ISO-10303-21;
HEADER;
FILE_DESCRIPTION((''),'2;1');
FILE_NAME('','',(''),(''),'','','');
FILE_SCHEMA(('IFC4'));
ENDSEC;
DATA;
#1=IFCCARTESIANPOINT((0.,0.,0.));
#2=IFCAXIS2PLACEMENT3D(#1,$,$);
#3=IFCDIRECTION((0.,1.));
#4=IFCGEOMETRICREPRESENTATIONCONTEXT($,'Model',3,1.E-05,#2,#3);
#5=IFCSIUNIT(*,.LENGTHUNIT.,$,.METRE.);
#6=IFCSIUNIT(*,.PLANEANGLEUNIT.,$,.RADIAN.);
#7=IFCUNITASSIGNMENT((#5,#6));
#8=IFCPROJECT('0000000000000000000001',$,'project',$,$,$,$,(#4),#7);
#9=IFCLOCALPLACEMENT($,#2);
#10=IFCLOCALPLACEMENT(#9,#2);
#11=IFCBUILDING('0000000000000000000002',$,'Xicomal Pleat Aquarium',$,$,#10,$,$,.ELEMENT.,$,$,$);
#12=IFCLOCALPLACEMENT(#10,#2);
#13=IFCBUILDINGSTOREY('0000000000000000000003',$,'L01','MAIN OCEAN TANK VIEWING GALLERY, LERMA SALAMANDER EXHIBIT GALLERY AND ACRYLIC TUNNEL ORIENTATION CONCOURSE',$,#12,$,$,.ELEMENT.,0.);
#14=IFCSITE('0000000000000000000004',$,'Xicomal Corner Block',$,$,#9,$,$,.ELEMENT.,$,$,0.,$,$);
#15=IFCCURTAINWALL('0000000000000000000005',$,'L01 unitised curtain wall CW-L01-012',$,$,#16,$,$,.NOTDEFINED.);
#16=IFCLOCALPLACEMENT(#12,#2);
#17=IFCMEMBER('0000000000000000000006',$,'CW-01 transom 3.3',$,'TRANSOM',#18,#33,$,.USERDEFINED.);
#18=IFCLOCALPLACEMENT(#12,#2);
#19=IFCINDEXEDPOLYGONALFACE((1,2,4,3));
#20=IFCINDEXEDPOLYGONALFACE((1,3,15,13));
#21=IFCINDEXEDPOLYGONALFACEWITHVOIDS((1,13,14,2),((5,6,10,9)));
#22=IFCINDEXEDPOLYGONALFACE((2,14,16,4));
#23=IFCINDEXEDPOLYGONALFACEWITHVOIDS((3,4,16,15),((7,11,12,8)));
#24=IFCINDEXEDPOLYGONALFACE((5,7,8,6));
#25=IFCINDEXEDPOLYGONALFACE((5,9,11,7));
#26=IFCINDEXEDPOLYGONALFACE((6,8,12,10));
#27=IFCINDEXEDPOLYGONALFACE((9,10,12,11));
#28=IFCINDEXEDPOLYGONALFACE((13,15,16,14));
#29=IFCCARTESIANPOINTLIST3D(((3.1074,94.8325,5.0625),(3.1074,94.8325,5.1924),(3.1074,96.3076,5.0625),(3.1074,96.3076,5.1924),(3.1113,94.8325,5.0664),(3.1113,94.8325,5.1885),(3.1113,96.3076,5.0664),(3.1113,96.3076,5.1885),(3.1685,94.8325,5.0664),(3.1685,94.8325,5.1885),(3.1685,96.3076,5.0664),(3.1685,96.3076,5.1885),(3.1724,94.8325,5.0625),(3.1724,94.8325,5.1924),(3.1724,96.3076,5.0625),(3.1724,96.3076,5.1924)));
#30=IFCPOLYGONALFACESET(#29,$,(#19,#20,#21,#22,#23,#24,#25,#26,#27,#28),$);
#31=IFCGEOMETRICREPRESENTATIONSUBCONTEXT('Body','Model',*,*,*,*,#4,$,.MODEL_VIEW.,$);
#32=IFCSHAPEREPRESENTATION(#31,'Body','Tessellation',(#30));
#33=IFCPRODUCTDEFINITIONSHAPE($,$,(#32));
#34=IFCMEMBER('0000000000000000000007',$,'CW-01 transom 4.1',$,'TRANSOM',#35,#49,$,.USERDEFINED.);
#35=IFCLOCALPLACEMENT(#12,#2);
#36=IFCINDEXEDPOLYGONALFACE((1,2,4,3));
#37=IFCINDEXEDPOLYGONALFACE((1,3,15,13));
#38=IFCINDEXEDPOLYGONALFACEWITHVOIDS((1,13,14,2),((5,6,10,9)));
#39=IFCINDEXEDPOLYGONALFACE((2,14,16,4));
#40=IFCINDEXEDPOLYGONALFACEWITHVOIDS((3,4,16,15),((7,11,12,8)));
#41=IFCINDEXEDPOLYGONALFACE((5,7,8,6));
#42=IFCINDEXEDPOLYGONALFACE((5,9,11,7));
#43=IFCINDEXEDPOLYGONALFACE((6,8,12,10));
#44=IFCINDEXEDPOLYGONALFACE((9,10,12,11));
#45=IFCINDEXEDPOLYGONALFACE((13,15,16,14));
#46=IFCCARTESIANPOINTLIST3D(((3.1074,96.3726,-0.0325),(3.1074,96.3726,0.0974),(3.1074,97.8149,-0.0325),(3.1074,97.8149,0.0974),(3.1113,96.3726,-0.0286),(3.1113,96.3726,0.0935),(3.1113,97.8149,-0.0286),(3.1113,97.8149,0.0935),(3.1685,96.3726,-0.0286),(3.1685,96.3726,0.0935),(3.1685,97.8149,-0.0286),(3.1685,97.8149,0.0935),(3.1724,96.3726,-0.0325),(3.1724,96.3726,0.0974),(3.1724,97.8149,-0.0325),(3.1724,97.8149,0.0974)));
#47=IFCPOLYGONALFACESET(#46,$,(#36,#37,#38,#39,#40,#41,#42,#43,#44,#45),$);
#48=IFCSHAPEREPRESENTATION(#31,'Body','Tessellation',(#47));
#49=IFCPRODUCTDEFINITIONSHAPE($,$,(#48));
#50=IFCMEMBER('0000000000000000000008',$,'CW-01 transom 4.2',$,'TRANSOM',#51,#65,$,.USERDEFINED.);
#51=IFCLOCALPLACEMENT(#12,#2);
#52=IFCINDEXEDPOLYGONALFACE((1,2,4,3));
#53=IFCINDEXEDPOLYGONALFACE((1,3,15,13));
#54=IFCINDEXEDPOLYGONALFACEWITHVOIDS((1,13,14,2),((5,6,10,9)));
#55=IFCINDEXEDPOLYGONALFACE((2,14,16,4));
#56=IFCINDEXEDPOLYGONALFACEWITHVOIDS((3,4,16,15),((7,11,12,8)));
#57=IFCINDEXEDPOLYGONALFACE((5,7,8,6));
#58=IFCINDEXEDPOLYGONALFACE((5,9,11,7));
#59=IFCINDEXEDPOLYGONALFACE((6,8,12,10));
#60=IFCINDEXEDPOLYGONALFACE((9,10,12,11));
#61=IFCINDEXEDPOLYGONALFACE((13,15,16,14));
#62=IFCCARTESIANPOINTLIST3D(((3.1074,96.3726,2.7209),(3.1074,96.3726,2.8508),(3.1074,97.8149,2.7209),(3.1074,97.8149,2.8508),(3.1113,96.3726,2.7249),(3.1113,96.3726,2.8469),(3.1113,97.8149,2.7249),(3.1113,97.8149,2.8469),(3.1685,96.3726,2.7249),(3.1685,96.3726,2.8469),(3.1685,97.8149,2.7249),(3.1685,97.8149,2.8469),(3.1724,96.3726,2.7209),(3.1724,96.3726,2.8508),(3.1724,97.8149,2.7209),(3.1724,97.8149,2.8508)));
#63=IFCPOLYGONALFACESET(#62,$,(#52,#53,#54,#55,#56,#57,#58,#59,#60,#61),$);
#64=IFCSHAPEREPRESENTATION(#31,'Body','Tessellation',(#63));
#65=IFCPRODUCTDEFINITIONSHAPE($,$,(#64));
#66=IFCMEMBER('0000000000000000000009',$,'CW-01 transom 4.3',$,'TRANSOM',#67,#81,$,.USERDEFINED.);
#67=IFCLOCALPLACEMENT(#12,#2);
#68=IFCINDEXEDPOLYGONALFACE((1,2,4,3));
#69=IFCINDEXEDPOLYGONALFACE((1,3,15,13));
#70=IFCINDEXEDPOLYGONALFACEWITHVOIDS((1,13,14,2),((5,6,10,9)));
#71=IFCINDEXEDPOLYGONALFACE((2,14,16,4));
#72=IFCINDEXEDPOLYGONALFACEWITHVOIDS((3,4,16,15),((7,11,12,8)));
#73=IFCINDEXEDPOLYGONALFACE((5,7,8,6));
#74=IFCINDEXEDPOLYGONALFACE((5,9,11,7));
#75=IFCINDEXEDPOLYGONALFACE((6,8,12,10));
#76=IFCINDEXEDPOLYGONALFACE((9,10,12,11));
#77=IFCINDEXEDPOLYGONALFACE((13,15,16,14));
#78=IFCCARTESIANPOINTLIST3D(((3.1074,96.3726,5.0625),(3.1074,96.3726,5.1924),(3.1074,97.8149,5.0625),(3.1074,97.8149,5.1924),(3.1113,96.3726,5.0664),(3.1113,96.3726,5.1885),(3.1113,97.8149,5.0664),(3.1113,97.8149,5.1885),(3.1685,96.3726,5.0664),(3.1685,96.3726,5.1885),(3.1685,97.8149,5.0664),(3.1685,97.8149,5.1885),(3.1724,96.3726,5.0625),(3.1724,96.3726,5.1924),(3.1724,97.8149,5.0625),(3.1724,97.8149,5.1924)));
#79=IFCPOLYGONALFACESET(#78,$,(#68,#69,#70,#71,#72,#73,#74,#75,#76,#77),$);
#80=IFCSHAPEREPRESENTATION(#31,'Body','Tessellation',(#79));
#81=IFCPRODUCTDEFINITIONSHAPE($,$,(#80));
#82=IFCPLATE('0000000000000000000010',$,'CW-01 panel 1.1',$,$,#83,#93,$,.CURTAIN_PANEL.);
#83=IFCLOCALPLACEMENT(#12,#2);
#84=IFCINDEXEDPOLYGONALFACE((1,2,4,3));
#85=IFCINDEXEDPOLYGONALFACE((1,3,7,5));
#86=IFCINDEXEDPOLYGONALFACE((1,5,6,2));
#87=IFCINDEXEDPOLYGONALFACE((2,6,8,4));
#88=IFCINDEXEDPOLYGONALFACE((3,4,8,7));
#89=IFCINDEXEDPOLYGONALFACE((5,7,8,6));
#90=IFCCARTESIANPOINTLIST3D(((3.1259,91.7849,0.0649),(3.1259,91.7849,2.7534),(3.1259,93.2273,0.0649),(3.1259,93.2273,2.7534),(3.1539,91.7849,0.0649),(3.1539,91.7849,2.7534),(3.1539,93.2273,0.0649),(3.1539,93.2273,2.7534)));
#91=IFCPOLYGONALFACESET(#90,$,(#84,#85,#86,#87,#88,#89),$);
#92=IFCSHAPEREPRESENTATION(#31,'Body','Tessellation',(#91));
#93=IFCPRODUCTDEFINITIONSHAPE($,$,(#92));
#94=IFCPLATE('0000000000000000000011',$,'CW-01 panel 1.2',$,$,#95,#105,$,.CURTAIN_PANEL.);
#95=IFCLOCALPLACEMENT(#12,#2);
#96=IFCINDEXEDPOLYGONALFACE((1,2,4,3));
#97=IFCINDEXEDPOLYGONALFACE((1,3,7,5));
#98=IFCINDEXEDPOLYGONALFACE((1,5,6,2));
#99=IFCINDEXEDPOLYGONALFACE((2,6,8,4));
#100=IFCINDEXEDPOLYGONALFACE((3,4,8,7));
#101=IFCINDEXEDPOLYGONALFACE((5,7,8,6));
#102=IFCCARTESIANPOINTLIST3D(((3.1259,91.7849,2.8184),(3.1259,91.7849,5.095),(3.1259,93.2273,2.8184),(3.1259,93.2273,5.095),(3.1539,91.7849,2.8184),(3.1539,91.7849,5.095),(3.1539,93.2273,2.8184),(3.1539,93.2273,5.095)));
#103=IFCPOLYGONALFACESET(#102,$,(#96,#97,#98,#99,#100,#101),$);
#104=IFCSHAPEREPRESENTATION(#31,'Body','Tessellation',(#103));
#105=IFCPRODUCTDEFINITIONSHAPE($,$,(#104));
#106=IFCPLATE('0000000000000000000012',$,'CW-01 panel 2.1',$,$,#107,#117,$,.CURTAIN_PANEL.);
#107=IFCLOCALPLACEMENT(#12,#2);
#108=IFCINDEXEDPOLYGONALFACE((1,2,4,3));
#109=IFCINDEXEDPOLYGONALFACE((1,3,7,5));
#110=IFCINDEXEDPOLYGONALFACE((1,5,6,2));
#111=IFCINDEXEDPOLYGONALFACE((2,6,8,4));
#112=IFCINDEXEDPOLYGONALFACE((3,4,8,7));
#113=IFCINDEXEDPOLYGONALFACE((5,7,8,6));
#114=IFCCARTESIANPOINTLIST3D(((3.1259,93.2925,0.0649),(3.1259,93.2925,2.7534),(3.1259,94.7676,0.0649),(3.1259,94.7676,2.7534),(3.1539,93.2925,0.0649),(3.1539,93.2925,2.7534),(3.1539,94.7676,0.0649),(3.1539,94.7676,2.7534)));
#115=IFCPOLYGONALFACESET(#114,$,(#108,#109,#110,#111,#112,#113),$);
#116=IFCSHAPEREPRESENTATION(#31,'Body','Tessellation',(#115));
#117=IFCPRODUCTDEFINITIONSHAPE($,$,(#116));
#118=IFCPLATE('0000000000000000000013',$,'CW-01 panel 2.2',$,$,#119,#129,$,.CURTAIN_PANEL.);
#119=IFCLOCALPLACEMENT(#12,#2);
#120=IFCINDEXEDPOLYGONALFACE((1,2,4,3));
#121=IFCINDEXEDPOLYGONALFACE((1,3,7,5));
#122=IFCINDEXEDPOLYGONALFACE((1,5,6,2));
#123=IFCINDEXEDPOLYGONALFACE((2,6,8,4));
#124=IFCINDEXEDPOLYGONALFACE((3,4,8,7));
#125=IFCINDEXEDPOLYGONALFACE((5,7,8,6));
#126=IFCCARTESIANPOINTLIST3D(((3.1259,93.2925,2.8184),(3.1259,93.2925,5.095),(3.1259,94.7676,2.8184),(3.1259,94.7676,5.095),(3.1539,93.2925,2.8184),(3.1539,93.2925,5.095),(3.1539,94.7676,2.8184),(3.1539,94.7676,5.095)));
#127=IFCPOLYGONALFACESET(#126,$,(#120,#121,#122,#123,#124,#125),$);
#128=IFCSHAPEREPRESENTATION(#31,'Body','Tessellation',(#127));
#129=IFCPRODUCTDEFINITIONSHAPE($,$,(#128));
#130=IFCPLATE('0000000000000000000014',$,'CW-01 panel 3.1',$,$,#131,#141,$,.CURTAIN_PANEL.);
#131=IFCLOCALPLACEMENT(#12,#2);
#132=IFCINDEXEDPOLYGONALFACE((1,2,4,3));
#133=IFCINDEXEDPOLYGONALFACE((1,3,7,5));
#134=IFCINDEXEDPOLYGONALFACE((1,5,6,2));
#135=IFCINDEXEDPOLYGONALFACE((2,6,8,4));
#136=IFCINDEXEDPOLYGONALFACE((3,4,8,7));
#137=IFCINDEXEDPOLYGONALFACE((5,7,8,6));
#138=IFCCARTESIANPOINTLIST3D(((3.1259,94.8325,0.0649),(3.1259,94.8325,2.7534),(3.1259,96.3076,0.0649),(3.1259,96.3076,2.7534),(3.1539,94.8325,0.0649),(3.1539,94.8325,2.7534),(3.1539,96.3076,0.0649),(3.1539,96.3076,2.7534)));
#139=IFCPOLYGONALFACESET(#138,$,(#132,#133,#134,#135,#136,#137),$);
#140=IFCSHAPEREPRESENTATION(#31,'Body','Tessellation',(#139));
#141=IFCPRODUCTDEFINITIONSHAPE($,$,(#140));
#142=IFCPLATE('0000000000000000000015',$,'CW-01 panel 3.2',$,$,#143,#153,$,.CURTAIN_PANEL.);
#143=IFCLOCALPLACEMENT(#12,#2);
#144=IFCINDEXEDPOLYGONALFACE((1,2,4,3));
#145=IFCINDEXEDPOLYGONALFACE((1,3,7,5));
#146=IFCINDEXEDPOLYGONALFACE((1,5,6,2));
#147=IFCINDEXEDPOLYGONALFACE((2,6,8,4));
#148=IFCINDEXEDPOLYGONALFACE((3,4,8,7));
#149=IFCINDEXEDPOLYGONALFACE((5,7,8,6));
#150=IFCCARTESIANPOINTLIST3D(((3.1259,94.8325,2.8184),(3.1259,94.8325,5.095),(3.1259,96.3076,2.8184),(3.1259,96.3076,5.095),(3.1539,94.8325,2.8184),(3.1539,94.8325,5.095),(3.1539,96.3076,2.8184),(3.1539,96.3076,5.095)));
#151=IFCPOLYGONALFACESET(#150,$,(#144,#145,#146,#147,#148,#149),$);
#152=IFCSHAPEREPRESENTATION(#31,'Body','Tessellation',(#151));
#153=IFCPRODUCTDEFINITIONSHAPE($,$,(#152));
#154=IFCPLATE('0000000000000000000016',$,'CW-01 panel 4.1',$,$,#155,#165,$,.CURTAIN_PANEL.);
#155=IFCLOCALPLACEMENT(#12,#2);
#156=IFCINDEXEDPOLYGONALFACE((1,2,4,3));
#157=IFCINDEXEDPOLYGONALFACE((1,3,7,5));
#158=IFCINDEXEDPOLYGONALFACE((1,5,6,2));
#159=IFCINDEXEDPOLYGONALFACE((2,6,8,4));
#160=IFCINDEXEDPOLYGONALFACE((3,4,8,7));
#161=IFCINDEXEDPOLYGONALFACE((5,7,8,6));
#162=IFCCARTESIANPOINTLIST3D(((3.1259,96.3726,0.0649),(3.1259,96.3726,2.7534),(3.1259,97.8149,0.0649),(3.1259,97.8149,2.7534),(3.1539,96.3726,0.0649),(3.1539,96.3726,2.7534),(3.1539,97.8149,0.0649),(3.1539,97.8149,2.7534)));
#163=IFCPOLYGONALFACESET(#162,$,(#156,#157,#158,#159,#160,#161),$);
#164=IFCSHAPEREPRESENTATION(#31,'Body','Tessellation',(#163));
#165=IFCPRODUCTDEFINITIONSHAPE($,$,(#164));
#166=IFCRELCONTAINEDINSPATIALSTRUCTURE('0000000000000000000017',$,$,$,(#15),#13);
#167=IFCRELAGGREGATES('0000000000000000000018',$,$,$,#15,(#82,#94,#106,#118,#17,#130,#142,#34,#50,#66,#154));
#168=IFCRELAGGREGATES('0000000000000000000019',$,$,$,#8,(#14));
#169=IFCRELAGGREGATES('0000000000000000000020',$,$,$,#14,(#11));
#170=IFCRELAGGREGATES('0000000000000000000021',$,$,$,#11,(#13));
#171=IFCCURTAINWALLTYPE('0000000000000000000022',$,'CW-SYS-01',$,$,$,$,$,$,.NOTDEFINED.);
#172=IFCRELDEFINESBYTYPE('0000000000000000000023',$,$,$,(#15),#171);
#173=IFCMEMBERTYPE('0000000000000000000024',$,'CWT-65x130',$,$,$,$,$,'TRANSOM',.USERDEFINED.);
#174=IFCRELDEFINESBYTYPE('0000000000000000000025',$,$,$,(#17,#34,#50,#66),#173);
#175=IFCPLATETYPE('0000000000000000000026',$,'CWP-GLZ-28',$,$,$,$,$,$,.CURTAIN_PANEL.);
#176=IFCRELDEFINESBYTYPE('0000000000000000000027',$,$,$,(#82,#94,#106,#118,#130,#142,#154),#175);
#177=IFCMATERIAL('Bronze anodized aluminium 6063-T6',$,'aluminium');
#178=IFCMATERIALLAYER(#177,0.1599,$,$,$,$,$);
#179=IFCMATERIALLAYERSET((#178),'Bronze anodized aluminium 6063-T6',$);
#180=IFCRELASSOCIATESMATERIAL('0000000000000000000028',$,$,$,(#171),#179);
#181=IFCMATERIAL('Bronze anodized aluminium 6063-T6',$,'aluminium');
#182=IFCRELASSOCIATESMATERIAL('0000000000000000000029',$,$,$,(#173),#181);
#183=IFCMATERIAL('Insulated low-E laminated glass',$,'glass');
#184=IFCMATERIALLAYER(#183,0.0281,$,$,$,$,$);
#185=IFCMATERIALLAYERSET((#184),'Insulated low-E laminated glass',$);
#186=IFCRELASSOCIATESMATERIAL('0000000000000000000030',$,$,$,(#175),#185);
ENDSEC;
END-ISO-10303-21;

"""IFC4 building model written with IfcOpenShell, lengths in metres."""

from ifc_helpers import new_model, si_unit, direction, frame, origin, origin_2d, place, context, subcontext, project, spatial, rectangle, hollow_rectangle, extrude, material, layer, layer_set, material_profile, profile_set, type_object, element, aggregate, save


model = new_model("IFC4")

# Units and contexts
model_context = context("Model", 3, precision=1e-05, world=origin(), true_north=direction((0.0, 1.0)))
body_context = subcontext(model_context, "Body", "Model", "MODEL_VIEW")
ifc_project = project(units=[si_unit("LENGTHUNIT", "METRE"), si_unit("PLANEANGLEUNIT", "RADIAN")], contexts=[model_context])

# Site, building, storey
site_placement = place(None, origin())
site = spatial("IfcSite", under=ifc_project, at=site_placement, Name="Xicomal Corner Block", CompositionType="ELEMENT", RefElevation=0.0)
building_placement = place(site_placement, origin())
building = spatial("IfcBuilding", under=site, at=building_placement, Name="Xicomal Pleat Aquarium", CompositionType="ELEMENT")
storey_placement = place(building_placement, origin())
storey = spatial("IfcBuildingStorey", under=building, at=storey_placement, Name="L01", Description="MAIN OCEAN TANK VIEWING GALLERY, LERMA SALAMANDER EXHIBIT GALLERY AND ACRYLIC TUNNEL ORIENTATION CONCOURSE", CompositionType="ELEMENT", Elevation=0.0)

# Curtain wall, members, plates
ifc_material_1 = material(Name="Bronze anodized aluminium 6063-T6", Category="aluminium")
ifc_layer_1 = layer(ifc_material_1, 0.1599)
ifc_layer_set_1 = layer_set([ifc_layer_1], Name="Bronze anodized aluminium 6063-T6")
curtain_wall_type = type_object("IfcCurtainWallType", Name="CW-SYS-01", PredefinedType="NOTDEFINED", material=ifc_layer_set_1)
curtain_wall_placement = place(storey_placement, origin())
curtain_wall = element("IfcCurtainWall", 1, at=curtain_wall_placement, inside=storey, type_object=curtain_wall_type, Name="L01 unitised curtain wall CW-L01-012", PredefinedType="NOTDEFINED")
ifc_material_2 = material(Name="Bronze anodized aluminium 6063-T6", Category="aluminium")
ifc_material_profile_1 = material_profile(ifc_material_2, hollow_rectangle(XDim=0.0649, YDim=0.1299, WallThickness=0.0039, at=origin_2d()), Name="ALU TRAN 65x130")
ifc_profile_set_1 = profile_set([ifc_material_profile_1], Name="Bronze anodized aluminium 6063-T6")
member_type_1 = type_object("IfcMemberType", Name="CWT-65x130", ElementType="TRANSOM", PredefinedType="USERDEFINED", material=ifc_profile_set_1)
member_1_placement = place(storey_placement, frame((3.1399, 94.8325, 5.1274), z_axis=(0.0, 1.0, 0.0), x_axis=(-1.0, 0.0, 0.0)))
member_1 = element("IfcMember", 2, at=member_1_placement, type_object=member_type_1, Name="CW-01 transom 3.3", ObjectType="TRANSOM", PredefinedType="USERDEFINED", context=body_context, shape_type="SweptSolid", body=[
    extrude(hollow_rectangle(XDim=0.0649, YDim=0.1299, WallThickness=0.0039, at=origin_2d()), origin(), (0.0, 0.0, 1.0), 1.4751),
])
member_2_placement = place(storey_placement, frame((3.1399, 96.3726, 0.0325), z_axis=(0.0, 1.0, 0.0), x_axis=(-1.0, 0.0, 0.0)))
member_2 = element("IfcMember", 3, at=member_2_placement, type_object=member_type_1, Name="CW-01 transom 4.1", ObjectType="TRANSOM", PredefinedType="USERDEFINED", context=body_context, shape_type="SweptSolid", body=[
    extrude(hollow_rectangle(XDim=0.0649, YDim=0.1299, WallThickness=0.0039, at=origin_2d()), origin(), (0.0, 0.0, 1.0), 1.4424),
])
member_3_placement = place(storey_placement, frame((3.1399, 96.3726, 2.7859), z_axis=(0.0, 1.0, 0.0), x_axis=(-1.0, 0.0, 0.0)))
member_3 = element("IfcMember", 4, at=member_3_placement, type_object=member_type_1, Name="CW-01 transom 4.2", ObjectType="TRANSOM", PredefinedType="USERDEFINED", context=body_context, shape_type="SweptSolid", body=[
    extrude(hollow_rectangle(XDim=0.0649, YDim=0.1299, WallThickness=0.0039, at=origin_2d()), origin(), (0.0, 0.0, 1.0), 1.4424),
])
member_4_placement = place(storey_placement, frame((3.1399, 96.3726, 5.1274), z_axis=(0.0, 1.0, 0.0), x_axis=(-1.0, 0.0, 0.0)))
member_4 = element("IfcMember", 5, at=member_4_placement, type_object=member_type_1, Name="CW-01 transom 4.3", ObjectType="TRANSOM", PredefinedType="USERDEFINED", context=body_context, shape_type="SweptSolid", body=[
    extrude(hollow_rectangle(XDim=0.0649, YDim=0.1299, WallThickness=0.0039, at=origin_2d()), origin(), (0.0, 0.0, 1.0), 1.4424),
])
ifc_material_3 = material(Name="Insulated low-E laminated glass", Category="glass")
ifc_layer_2 = layer(ifc_material_3, 0.0281)
ifc_layer_set_2 = layer_set([ifc_layer_2], Name="Insulated low-E laminated glass")
plate_type = type_object("IfcPlateType", Name="CWP-GLZ-28", PredefinedType="CURTAIN_PANEL", material=ifc_layer_set_2)
plate_1_placement = place(storey_placement, frame((3.1399, 92.5061, 0.0649), z_axis=(0.0, 0.0, 1.0), x_axis=(0.0, 1.0, 0.0)))
plate_1 = element("IfcPlate", 6, at=plate_1_placement, type_object=plate_type, Name="CW-01 panel 1.1", PredefinedType="CURTAIN_PANEL", context=body_context, shape_type="SweptSolid", body=[
    extrude(rectangle(XDim=1.4424, YDim=0.0281, at=origin_2d()), origin(), (0.0, 0.0, 1.0), 2.6885),
])
plate_2_placement = place(storey_placement, frame((3.1399, 92.5061, 2.8184), z_axis=(0.0, 0.0, 1.0), x_axis=(0.0, 1.0, 0.0)))
plate_2 = element("IfcPlate", 7, at=plate_2_placement, type_object=plate_type, Name="CW-01 panel 1.2", PredefinedType="CURTAIN_PANEL", context=body_context, shape_type="SweptSolid", body=[
    extrude(rectangle(XDim=1.4424, YDim=0.0281, at=origin_2d()), origin(), (0.0, 0.0, 1.0), 2.2766),
])
plate_3_placement = place(storey_placement, frame((3.1399, 94.03, 0.0649), z_axis=(0.0, 0.0, 1.0), x_axis=(0.0, 1.0, 0.0)))
plate_3 = element("IfcPlate", 8, at=plate_3_placement, type_object=plate_type, Name="CW-01 panel 2.1", PredefinedType="CURTAIN_PANEL", context=body_context, shape_type="SweptSolid", body=[
    extrude(rectangle(XDim=1.4751, YDim=0.0281, at=origin_2d()), origin(), (0.0, 0.0, 1.0), 2.6885),
])
plate_4_placement = place(storey_placement, frame((3.1399, 94.03, 2.8184), z_axis=(0.0, 0.0, 1.0), x_axis=(0.0, 1.0, 0.0)))
plate_4 = element("IfcPlate", 9, at=plate_4_placement, type_object=plate_type, Name="CW-01 panel 2.2", PredefinedType="CURTAIN_PANEL", context=body_context, shape_type="SweptSolid", body=[
    extrude(rectangle(XDim=1.4751, YDim=0.0281, at=origin_2d()), origin(), (0.0, 0.0, 1.0), 2.2766),
])
plate_5_placement = place(storey_placement, frame((3.1399, 95.5701, 0.0649), z_axis=(0.0, 0.0, 1.0), x_axis=(0.0, 1.0, 0.0)))
plate_5 = element("IfcPlate", 10, at=plate_5_placement, type_object=plate_type, Name="CW-01 panel 3.1", PredefinedType="CURTAIN_PANEL", context=body_context, shape_type="SweptSolid", body=[
    extrude(rectangle(XDim=1.4751, YDim=0.0281, at=origin_2d()), origin(), (0.0, 0.0, 1.0), 2.6885),
])
plate_6_placement = place(storey_placement, frame((3.1399, 95.5701, 2.8184), z_axis=(0.0, 0.0, 1.0), x_axis=(0.0, 1.0, 0.0)))
plate_6 = element("IfcPlate", 11, at=plate_6_placement, type_object=plate_type, Name="CW-01 panel 3.2", PredefinedType="CURTAIN_PANEL", context=body_context, shape_type="SweptSolid", body=[
    extrude(rectangle(XDim=1.4751, YDim=0.0281, at=origin_2d()), origin(), (0.0, 0.0, 1.0), 2.2766),
])
plate_7_placement = place(storey_placement, frame((3.1399, 97.0938, 0.0649), z_axis=(0.0, 0.0, 1.0), x_axis=(0.0, 1.0, 0.0)))
plate_7 = element("IfcPlate", 12, at=plate_7_placement, type_object=plate_type, Name="CW-01 panel 4.1", PredefinedType="CURTAIN_PANEL", context=body_context, shape_type="SweptSolid", body=[
    extrude(rectangle(XDim=1.4424, YDim=0.0281, at=origin_2d()), origin(), (0.0, 0.0, 1.0), 2.6885),
])
aggregate(curtain_wall, [plate_1, plate_2, plate_3, plate_4, member_1, plate_5, plate_6, member_2, member_3, member_4, plate_7])

save(model, "model.ifc")
